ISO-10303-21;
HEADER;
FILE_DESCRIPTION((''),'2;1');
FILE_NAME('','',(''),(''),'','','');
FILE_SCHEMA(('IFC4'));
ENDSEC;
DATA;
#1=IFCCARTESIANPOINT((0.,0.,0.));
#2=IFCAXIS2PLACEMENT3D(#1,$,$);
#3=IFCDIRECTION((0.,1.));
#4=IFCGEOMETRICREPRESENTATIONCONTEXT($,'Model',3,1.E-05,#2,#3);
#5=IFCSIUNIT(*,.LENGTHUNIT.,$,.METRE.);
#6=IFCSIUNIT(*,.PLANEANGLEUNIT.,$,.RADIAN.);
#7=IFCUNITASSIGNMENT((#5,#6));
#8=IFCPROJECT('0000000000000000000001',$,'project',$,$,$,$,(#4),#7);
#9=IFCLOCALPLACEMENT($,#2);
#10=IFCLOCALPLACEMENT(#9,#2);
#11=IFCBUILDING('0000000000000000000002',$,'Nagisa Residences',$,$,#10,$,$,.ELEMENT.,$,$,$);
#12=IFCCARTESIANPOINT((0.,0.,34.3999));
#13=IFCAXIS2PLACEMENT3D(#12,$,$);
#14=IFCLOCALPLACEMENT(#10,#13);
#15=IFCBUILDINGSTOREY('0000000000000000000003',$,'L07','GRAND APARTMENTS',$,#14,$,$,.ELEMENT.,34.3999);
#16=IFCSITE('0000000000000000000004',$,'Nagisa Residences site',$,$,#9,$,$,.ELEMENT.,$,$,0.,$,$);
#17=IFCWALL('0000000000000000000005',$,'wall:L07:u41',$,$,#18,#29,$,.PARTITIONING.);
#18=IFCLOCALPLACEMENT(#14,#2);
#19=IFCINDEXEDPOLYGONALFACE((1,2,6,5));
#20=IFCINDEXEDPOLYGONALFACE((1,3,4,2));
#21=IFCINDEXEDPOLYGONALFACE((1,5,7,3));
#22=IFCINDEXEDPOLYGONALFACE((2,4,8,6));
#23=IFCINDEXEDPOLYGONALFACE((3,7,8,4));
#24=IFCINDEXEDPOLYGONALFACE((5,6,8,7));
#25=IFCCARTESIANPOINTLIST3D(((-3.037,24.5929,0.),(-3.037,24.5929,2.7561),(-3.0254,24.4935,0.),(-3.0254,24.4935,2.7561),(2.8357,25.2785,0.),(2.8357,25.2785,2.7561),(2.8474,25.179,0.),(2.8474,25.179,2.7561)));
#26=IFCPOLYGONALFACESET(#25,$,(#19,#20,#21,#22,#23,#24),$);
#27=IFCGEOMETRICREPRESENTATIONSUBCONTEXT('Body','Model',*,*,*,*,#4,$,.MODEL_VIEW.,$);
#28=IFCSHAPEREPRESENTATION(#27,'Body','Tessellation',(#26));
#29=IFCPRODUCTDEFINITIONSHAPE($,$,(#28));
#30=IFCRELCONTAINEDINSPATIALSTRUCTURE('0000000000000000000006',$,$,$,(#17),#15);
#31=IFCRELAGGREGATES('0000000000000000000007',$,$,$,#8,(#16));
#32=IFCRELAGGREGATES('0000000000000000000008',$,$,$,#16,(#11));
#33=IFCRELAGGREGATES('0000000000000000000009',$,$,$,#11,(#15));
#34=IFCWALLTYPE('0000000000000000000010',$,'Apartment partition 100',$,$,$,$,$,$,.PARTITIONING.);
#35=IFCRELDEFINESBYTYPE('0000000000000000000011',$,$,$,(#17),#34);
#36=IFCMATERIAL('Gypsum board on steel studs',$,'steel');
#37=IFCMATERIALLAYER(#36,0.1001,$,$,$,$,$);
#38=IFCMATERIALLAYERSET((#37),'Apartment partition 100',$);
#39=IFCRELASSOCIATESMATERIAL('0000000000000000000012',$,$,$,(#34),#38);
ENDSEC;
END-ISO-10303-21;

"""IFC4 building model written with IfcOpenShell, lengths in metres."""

from ifc_helpers import new_model, si_unit, direction, frame, frame_2d, origin, place, context, subcontext, project, spatial, rectangle, extrude, material, layer, layer_set, type_object, element, save


model = new_model("IFC4")

# Units and contexts
model_context = context("Model", 3, precision=1e-05, world=origin(), true_north=direction((0.0, 1.0)))
body_context = subcontext(model_context, "Body", "Model", "MODEL_VIEW")
ifc_project = project(units=[si_unit("LENGTHUNIT", "METRE"), si_unit("PLANEANGLEUNIT", "RADIAN")], contexts=[model_context])

# Site, building, storey
site_placement = place(None, origin())
site = spatial("IfcSite", under=ifc_project, at=site_placement, Name="Nagisa Residences site", CompositionType="ELEMENT", RefElevation=0.0)
building_placement = place(site_placement, origin())
building = spatial("IfcBuilding", under=site, at=building_placement, Name="Nagisa Residences", CompositionType="ELEMENT")
storey_placement = place(building_placement, frame((0.0, 0.0, 34.3999)))
storey = spatial("IfcBuildingStorey", under=building, at=storey_placement, Name="L07", Description="GRAND APARTMENTS", CompositionType="ELEMENT", Elevation=34.3999)

# Shared definitions
ifc_material_1 = material(Name="Gypsum board on steel studs", Category="steel")
ifc_layer_1 = layer(ifc_material_1, 0.1001)
ifc_layer_set_1 = layer_set([ifc_layer_1], Name="Apartment partition 100")
wall_type_1 = type_object("IfcWallType", Name="Apartment partition 100", PredefinedType="PARTITIONING", material=ifc_layer_set_1)

# Wall
wall_1_placement = place(storey_placement, frame((2.8416, 25.2288, 0.0), z_axis=(0.0, 0.0, 1.0), x_axis=(-0.993256, -0.115945, 0.0)))
element("IfcWall", 1, at=wall_1_placement, inside=storey, type_object=wall_type_1, Name="wall:L07:u41", PredefinedType="PARTITIONING", context=body_context, shape_type="SweptSolid", body=[
    extrude(rectangle(XDim=5.9126, YDim=0.1001, at=frame_2d((2.9563, 0.0))), origin(), (0.0, 0.0, 1.0), 2.7561),
])

save(model, "model.ifc")
